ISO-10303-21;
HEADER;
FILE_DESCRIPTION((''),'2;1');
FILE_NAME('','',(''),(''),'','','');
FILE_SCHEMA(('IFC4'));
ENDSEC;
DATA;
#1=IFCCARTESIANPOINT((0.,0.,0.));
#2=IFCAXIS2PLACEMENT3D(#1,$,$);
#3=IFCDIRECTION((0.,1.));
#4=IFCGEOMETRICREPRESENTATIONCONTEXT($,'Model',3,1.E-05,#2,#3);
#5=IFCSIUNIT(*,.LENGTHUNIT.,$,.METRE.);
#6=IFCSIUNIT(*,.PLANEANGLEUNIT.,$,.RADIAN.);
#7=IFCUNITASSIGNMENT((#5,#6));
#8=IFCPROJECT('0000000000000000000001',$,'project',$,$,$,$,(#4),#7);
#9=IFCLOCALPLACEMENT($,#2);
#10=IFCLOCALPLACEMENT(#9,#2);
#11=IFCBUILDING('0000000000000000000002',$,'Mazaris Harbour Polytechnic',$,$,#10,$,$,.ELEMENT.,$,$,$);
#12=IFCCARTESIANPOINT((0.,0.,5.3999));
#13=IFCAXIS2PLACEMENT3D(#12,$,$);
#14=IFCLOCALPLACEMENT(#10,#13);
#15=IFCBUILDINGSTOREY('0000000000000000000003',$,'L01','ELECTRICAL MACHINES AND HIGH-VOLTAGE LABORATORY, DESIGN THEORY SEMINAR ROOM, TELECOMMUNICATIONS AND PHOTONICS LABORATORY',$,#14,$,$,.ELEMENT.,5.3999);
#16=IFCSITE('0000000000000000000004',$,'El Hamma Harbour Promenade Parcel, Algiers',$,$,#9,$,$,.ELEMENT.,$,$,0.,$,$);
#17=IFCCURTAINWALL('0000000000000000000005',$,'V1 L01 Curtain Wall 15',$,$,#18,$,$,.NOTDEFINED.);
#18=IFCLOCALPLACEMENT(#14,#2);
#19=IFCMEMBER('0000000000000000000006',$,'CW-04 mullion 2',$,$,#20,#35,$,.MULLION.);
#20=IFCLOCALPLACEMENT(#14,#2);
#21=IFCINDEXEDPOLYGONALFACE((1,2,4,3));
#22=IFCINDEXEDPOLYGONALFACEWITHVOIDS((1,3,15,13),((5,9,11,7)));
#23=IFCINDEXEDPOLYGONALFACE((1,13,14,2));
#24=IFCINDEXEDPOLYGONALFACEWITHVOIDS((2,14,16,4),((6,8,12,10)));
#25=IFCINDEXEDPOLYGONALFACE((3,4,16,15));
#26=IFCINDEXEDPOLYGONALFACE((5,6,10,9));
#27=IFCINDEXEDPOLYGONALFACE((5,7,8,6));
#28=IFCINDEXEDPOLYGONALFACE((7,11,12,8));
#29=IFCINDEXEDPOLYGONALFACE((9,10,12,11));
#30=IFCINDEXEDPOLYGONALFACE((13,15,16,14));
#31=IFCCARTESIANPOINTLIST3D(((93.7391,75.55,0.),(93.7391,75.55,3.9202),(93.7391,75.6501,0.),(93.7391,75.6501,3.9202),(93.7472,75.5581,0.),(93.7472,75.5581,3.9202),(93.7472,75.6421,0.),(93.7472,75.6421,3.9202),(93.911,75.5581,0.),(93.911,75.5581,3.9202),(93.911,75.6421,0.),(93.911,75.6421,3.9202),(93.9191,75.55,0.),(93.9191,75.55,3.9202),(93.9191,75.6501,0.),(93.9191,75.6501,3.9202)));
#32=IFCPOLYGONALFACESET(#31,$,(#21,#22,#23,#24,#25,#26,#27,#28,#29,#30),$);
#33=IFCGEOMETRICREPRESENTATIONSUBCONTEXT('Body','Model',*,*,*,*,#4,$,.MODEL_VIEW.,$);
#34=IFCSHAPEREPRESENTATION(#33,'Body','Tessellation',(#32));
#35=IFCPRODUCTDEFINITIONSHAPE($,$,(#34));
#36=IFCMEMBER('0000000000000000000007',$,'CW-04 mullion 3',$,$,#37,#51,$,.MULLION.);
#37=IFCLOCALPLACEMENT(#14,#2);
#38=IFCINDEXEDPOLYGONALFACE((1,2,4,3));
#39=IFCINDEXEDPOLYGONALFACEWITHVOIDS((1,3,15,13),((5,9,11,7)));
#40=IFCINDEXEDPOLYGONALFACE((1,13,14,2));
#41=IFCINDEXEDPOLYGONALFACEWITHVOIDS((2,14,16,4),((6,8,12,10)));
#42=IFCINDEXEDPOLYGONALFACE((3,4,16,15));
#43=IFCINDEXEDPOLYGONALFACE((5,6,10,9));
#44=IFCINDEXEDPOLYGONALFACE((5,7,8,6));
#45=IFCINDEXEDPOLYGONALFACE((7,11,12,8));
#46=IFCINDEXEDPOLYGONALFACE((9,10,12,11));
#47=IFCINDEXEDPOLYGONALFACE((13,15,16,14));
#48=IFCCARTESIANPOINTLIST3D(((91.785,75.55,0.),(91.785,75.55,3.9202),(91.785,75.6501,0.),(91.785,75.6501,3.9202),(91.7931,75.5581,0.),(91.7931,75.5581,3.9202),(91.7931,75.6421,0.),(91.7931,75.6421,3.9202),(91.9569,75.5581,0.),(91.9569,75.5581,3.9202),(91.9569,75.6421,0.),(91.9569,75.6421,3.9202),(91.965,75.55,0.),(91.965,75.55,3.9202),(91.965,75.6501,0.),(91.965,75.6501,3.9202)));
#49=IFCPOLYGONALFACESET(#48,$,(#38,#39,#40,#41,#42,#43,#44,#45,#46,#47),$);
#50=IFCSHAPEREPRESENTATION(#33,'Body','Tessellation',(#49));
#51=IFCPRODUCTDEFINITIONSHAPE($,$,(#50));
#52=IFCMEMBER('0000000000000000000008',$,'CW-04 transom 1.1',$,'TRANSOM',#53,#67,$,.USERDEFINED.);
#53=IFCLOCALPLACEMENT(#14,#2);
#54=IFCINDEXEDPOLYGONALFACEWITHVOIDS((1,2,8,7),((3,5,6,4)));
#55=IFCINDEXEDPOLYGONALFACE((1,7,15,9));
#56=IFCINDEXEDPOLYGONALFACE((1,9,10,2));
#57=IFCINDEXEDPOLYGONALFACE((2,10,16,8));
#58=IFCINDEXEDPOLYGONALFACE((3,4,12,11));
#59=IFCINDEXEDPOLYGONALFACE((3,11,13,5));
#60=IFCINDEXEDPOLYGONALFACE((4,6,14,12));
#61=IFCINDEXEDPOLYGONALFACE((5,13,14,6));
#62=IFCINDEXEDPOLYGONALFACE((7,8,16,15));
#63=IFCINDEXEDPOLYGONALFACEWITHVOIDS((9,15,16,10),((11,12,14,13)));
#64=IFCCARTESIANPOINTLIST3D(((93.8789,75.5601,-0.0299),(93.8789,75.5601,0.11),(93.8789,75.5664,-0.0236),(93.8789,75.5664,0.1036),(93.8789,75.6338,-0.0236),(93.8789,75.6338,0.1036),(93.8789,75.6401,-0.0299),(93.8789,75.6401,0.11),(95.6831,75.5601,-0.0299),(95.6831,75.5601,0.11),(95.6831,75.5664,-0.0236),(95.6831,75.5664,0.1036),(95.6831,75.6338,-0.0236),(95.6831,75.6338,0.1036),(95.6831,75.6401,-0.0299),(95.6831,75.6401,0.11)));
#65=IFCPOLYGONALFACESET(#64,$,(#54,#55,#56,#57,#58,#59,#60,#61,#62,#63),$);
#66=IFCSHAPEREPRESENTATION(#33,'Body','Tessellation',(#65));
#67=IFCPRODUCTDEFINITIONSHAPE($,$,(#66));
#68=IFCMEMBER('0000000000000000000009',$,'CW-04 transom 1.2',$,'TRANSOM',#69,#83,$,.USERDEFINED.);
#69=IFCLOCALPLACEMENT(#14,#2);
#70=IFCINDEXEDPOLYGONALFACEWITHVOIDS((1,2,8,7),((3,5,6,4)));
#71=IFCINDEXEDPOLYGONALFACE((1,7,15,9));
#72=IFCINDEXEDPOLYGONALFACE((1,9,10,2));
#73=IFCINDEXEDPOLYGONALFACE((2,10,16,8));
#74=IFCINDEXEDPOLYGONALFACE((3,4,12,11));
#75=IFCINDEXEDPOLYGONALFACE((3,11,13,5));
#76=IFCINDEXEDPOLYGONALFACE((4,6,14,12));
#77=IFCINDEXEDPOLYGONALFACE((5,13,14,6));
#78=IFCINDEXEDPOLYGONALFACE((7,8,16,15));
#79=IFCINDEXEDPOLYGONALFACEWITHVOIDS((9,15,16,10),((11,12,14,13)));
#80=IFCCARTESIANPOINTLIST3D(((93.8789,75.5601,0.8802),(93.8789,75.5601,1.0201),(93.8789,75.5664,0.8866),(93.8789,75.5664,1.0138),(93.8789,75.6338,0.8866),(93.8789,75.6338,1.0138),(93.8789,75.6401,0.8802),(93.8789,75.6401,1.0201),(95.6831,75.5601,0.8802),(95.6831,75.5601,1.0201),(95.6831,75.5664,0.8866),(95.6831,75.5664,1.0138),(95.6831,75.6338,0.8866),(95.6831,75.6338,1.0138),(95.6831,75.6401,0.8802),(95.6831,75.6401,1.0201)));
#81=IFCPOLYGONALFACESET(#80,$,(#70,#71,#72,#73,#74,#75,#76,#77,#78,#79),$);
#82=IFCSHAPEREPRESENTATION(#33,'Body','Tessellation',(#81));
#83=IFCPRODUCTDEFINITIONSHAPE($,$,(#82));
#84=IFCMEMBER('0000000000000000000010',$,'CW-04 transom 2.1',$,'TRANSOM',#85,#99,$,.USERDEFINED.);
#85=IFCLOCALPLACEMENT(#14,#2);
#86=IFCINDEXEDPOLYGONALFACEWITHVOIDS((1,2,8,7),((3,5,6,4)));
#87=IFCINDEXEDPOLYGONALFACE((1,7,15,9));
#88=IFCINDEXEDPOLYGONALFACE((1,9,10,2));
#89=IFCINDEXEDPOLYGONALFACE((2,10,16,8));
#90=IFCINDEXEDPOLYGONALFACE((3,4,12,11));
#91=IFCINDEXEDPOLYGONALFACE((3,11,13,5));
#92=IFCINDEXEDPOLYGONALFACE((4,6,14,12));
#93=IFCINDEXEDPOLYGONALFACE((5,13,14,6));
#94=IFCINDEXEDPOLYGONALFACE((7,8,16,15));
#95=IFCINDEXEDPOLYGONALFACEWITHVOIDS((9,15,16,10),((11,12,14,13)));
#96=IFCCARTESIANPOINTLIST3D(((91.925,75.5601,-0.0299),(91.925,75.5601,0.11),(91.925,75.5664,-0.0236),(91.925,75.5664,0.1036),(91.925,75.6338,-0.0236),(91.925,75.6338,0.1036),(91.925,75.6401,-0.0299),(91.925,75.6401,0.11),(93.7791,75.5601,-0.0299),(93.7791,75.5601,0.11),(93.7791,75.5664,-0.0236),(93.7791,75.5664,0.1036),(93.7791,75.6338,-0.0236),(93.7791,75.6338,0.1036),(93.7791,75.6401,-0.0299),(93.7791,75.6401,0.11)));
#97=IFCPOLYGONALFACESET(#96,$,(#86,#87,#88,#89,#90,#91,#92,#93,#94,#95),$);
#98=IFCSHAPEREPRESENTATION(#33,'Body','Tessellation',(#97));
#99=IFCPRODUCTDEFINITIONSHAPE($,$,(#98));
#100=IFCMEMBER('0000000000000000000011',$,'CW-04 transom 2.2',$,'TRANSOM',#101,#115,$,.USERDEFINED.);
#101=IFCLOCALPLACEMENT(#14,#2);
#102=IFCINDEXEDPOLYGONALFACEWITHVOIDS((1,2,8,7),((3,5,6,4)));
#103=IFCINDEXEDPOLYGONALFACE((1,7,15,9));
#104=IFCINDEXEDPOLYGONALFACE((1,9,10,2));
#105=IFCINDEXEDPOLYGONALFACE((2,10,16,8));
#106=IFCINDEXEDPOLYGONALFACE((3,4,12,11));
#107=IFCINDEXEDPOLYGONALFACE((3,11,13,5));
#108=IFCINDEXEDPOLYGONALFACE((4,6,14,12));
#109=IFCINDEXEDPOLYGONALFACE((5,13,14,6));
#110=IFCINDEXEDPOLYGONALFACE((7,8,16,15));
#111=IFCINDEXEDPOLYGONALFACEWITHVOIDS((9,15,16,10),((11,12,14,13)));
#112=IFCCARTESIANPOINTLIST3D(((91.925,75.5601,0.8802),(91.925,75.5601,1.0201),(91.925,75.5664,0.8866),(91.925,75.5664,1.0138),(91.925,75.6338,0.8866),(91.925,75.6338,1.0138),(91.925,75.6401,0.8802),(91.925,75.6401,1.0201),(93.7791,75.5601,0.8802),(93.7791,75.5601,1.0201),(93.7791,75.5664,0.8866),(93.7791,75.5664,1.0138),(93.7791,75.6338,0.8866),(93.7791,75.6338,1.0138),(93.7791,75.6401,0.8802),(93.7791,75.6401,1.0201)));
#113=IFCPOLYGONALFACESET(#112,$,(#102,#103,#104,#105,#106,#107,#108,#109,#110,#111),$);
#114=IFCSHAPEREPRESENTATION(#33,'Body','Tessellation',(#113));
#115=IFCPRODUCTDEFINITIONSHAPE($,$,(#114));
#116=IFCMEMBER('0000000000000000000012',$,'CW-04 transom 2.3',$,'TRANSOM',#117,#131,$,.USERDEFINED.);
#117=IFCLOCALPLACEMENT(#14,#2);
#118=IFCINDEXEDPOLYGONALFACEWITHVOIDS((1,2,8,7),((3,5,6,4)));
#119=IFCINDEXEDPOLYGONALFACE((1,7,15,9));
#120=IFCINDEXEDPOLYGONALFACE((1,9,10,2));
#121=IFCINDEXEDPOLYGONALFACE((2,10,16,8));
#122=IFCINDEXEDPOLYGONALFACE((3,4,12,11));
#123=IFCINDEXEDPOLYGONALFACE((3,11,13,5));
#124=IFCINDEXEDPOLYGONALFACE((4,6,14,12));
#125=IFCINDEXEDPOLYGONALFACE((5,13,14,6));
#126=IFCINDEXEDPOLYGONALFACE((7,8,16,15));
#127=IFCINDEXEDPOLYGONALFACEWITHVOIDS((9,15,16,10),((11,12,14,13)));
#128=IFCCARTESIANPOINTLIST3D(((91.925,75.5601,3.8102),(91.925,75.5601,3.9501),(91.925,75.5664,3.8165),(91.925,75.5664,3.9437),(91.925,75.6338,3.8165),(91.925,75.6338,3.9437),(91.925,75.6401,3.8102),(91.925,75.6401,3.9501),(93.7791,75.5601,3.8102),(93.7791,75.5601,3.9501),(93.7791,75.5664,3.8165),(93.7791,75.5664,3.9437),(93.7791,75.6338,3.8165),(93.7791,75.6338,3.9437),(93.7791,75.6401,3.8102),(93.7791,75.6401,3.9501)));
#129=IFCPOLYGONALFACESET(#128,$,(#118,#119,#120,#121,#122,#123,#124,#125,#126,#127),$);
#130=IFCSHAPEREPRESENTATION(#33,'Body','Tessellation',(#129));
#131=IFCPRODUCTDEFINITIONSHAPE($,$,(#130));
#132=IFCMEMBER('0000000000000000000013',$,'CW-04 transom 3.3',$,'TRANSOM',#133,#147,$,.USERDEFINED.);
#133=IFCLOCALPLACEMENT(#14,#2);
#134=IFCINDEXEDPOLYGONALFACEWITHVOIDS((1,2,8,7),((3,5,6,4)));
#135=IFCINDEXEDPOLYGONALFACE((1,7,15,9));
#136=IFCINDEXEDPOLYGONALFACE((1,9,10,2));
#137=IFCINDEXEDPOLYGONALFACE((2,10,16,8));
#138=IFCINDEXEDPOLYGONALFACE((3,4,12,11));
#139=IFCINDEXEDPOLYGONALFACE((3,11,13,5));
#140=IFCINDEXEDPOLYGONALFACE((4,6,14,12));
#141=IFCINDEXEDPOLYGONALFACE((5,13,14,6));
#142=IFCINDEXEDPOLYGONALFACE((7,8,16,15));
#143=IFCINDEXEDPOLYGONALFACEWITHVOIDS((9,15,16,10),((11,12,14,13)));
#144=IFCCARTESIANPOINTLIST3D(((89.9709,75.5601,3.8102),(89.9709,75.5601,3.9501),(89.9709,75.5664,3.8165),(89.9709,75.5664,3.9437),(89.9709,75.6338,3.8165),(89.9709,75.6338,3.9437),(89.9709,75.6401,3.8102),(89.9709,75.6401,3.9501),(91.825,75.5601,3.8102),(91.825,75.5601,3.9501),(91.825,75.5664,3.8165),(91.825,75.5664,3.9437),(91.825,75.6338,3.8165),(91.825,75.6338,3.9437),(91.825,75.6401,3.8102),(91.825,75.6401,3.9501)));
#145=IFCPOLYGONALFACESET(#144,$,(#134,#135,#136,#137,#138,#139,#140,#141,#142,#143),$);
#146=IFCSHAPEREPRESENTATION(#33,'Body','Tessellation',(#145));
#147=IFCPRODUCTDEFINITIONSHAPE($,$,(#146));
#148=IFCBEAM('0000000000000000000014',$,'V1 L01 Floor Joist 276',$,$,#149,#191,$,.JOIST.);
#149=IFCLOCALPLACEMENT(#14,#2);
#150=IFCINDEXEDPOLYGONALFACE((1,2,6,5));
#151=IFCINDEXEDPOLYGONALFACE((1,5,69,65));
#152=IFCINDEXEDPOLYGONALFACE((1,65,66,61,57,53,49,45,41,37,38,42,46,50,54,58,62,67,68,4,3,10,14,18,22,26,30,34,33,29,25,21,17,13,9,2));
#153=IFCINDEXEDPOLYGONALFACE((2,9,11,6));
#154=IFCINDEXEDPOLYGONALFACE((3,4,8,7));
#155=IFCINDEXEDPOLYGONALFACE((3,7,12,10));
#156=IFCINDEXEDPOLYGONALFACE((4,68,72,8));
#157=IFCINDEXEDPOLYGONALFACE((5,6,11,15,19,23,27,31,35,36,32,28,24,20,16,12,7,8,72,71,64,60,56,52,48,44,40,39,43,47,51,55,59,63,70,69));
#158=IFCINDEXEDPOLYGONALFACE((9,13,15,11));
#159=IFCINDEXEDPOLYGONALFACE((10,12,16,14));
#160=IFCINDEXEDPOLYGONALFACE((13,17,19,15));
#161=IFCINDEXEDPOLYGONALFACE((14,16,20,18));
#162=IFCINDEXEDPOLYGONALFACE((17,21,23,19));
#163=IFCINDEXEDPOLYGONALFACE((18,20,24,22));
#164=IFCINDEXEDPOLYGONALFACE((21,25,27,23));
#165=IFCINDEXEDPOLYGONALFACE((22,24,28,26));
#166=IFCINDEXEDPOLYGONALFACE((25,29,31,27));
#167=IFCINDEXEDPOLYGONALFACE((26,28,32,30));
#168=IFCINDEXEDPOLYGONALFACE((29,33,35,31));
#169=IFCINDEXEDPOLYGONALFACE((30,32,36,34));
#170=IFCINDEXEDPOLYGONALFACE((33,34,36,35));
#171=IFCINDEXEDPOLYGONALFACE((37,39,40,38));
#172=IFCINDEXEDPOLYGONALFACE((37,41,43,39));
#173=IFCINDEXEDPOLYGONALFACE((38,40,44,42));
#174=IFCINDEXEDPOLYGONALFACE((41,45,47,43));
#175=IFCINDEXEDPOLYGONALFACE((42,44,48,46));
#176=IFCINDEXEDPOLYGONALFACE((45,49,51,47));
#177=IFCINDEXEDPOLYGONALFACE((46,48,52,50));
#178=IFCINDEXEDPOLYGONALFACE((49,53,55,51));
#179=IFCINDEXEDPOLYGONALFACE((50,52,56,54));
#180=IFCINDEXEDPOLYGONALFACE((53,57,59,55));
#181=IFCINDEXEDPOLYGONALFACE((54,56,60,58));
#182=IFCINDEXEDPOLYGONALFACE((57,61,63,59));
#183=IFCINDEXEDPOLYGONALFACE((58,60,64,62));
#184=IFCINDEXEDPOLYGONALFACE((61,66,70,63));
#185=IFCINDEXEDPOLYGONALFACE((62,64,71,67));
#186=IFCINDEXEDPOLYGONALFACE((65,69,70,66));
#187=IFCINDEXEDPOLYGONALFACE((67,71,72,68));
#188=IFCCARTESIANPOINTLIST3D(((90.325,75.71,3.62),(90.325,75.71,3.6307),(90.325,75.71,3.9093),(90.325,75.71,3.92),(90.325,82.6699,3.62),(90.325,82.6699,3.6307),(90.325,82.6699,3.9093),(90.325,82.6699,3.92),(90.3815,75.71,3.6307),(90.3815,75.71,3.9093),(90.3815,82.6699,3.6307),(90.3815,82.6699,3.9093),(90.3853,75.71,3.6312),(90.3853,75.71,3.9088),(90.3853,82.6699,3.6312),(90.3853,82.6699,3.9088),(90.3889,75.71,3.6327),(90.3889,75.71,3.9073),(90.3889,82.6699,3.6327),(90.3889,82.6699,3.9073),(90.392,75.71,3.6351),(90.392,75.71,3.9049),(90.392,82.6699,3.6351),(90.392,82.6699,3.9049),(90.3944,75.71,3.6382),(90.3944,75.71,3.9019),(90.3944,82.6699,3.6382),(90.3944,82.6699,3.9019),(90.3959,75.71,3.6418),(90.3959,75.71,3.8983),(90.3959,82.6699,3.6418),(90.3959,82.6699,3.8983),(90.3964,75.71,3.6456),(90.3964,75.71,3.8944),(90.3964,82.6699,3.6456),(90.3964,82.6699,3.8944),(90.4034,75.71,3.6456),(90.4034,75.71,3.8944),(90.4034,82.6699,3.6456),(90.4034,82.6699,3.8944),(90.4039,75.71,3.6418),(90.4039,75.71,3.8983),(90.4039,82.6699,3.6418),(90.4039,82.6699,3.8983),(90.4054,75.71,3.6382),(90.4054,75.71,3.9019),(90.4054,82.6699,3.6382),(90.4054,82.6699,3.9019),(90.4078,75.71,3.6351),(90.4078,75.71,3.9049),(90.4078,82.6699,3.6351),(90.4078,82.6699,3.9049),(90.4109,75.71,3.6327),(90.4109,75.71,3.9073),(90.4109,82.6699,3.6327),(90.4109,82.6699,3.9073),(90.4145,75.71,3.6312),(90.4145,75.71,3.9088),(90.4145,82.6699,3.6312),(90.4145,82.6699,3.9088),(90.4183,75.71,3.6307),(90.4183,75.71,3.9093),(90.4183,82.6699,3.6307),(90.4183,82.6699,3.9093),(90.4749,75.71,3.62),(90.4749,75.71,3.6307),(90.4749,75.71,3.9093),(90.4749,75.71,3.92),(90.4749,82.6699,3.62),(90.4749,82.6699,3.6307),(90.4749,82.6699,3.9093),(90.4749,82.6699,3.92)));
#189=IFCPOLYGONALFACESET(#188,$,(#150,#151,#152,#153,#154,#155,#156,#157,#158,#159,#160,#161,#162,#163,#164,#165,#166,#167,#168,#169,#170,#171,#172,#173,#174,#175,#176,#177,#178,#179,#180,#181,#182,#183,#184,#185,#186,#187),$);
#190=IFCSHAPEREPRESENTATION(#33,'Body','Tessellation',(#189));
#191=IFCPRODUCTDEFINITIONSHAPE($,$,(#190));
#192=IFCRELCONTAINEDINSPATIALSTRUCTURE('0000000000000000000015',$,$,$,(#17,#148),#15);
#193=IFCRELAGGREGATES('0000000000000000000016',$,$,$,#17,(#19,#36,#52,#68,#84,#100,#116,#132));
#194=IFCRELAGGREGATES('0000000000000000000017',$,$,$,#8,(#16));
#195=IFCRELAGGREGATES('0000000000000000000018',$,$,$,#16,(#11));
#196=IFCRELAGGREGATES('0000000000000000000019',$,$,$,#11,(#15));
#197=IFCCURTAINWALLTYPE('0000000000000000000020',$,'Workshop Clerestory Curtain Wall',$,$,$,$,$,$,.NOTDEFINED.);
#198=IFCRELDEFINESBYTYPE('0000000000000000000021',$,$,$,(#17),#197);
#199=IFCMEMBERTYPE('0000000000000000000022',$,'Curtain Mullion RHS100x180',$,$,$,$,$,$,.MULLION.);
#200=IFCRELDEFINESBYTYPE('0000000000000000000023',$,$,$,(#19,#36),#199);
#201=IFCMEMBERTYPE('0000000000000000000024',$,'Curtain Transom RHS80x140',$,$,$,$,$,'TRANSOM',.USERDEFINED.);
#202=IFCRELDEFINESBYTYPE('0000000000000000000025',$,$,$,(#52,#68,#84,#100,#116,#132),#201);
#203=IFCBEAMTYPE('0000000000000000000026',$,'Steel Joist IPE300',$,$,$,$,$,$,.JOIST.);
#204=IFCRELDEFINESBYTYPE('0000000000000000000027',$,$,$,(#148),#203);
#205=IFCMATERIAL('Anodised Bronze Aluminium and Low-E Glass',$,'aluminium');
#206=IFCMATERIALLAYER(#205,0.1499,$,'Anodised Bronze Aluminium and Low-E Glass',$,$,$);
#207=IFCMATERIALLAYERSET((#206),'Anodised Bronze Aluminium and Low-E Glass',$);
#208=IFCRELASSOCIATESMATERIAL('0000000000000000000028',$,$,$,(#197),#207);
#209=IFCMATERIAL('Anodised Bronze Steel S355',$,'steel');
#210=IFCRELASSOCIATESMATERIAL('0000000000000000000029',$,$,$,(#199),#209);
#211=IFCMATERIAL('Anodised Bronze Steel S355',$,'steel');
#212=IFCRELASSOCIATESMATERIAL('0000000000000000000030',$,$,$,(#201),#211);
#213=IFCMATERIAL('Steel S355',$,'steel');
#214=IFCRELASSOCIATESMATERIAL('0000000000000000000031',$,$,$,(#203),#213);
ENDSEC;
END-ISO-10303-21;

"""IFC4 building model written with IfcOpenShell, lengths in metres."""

from ifc_helpers import new_model, si_unit, direction, frame, origin, origin_2d, place, context, subcontext, project, spatial, hollow_rectangle, i_section, extrude, material, layer, layer_set, material_profile, profile_set, type_object, element, aggregate, save


model = new_model("IFC4")

# Units and contexts
model_context = context("Model", 3, precision=1e-05, world=origin(), true_north=direction((0.0, 1.0)))
body_context = subcontext(model_context, "Body", "Model", "MODEL_VIEW")
ifc_project = project(units=[si_unit("LENGTHUNIT", "METRE"), si_unit("PLANEANGLEUNIT", "RADIAN")], contexts=[model_context])

# Site, building, storey
site_placement = place(None, origin())
site = spatial("IfcSite", under=ifc_project, at=site_placement, Name="El Hamma Harbour Promenade Parcel, Algiers", CompositionType="ELEMENT", RefElevation=0.0)
building_placement = place(site_placement, origin())
building = spatial("IfcBuilding", under=site, at=building_placement, Name="Mazaris Harbour Polytechnic", CompositionType="ELEMENT")
storey_placement = place(building_placement, frame((0.0, 0.0, 5.3999)))
storey = spatial("IfcBuildingStorey", under=building, at=storey_placement, Name="L01", Description="ELECTRICAL MACHINES AND HIGH-VOLTAGE LABORATORY, DESIGN THEORY SEMINAR ROOM, TELECOMMUNICATIONS AND PHOTONICS LABORATORY", CompositionType="ELEMENT", Elevation=5.3999)

# Curtain wall, members
ifc_material_1 = material(Name="Anodised Bronze Aluminium and Low-E Glass", Category="aluminium")
ifc_layer_1 = layer(ifc_material_1, 0.1499, Name="Anodised Bronze Aluminium and Low-E Glass")
ifc_layer_set_1 = layer_set([ifc_layer_1], Name="Anodised Bronze Aluminium and Low-E Glass")
curtain_wall_type = type_object("IfcCurtainWallType", Name="Workshop Clerestory Curtain Wall", PredefinedType="NOTDEFINED", material=ifc_layer_set_1)
curtain_wall_placement = place(storey_placement, origin())
curtain_wall = element("IfcCurtainWall", 1, at=curtain_wall_placement, inside=storey, type_object=curtain_wall_type, Name="V1 L01 Curtain Wall 15", PredefinedType="NOTDEFINED")
ifc_material_2 = material(Name="Anodised Bronze Steel S355", Category="steel")
ifc_material_profile_1 = material_profile(ifc_material_2, hollow_rectangle(XDim=0.1001, YDim=0.1799, WallThickness=0.0081, at=origin_2d()), Name="RHS 100x180x8.0")
ifc_profile_set_1 = profile_set([ifc_material_profile_1], Name="Anodised Bronze Steel S355")
member_type_1 = type_object("IfcMemberType", Name="Curtain Mullion RHS100x180", PredefinedType="MULLION", material=ifc_profile_set_1)
member_1_placement = place(storey_placement, frame((93.8291, 75.6001, 0.0), z_axis=(0.0, 0.0, 1.0), x_axis=(0.0, -1.0, 0.0)))
member_1 = element("IfcMember", 2, at=member_1_placement, type_object=member_type_1, Name="CW-04 mullion 2", PredefinedType="MULLION", context=body_context, shape_type="SweptSolid", body=[
    extrude(hollow_rectangle(XDim=0.1001, YDim=0.1799, WallThickness=0.0081, at=origin_2d()), origin(), (0.0, 0.0, 1.0), 3.9202),
])
member_2_placement = place(storey_placement, frame((91.875, 75.6001, 0.0), z_axis=(0.0, 0.0, 1.0), x_axis=(0.0, -1.0, 0.0)))
member_2 = element("IfcMember", 3, at=member_2_placement, type_object=member_type_1, Name="CW-04 mullion 3", PredefinedType="MULLION", context=body_context, shape_type="SweptSolid", body=[
    extrude(hollow_rectangle(XDim=0.1001, YDim=0.1799, WallThickness=0.0081, at=origin_2d()), origin(), (0.0, 0.0, 1.0), 3.9202),
])
ifc_material_3 = material(Name="Anodised Bronze Steel S355", Category="steel")
ifc_material_profile_2 = material_profile(ifc_material_3, hollow_rectangle(XDim=0.0801, YDim=0.1399, WallThickness=0.0063, at=origin_2d()), Name="RHS 80x140x6.3")
ifc_profile_set_2 = profile_set([ifc_material_profile_2], Name="Anodised Bronze Steel S355")
member_type_2 = type_object("IfcMemberType", Name="Curtain Transom RHS80x140", ElementType="TRANSOM", PredefinedType="USERDEFINED", material=ifc_profile_set_2)
member_3_placement = place(storey_placement, frame((95.6831, 75.6001, 0.04), z_axis=(-1.0, 0.0, 0.0), x_axis=(0.0, -1.0, 0.0)))
member_3 = element("IfcMember", 4, at=member_3_placement, type_object=member_type_2, Name="CW-04 transom 1.1", ObjectType="TRANSOM", PredefinedType="USERDEFINED", context=body_context, shape_type="SweptSolid", body=[
    extrude(hollow_rectangle(XDim=0.0801, YDim=0.1399, WallThickness=0.0063, at=origin_2d()), origin(), (0.0, 0.0, 1.0), 1.8042),
])
member_4_placement = place(storey_placement, frame((95.6831, 75.6001, 0.9502), z_axis=(-1.0, 0.0, 0.0), x_axis=(0.0, -1.0, 0.0)))
member_4 = element("IfcMember", 5, at=member_4_placement, type_object=member_type_2, Name="CW-04 transom 1.2", ObjectType="TRANSOM", PredefinedType="USERDEFINED", context=body_context, shape_type="SweptSolid", body=[
    extrude(hollow_rectangle(XDim=0.0801, YDim=0.1399, WallThickness=0.0063, at=origin_2d()), origin(), (0.0, 0.0, 1.0), 1.8042),
])
member_5_placement = place(storey_placement, frame((93.7791, 75.6001, 0.04), z_axis=(-1.0, 0.0, 0.0), x_axis=(0.0, -1.0, 0.0)))
member_5 = element("IfcMember", 6, at=member_5_placement, type_object=member_type_2, Name="CW-04 transom 2.1", ObjectType="TRANSOM", PredefinedType="USERDEFINED", context=body_context, shape_type="SweptSolid", body=[
    extrude(hollow_rectangle(XDim=0.0801, YDim=0.1399, WallThickness=0.0063, at=origin_2d()), origin(), (0.0, 0.0, 1.0), 1.854),
])
member_6_placement = place(storey_placement, frame((93.7791, 75.6001, 0.9502), z_axis=(-1.0, 0.0, 0.0), x_axis=(0.0, -1.0, 0.0)))
member_6 = element("IfcMember", 7, at=member_6_placement, type_object=member_type_2, Name="CW-04 transom 2.2", ObjectType="TRANSOM", PredefinedType="USERDEFINED", context=body_context, shape_type="SweptSolid", body=[
    extrude(hollow_rectangle(XDim=0.0801, YDim=0.1399, WallThickness=0.0063, at=origin_2d()), origin(), (0.0, 0.0, 1.0), 1.854),
])
member_7_placement = place(storey_placement, frame((93.7791, 75.6001, 3.8801), z_axis=(-1.0, 0.0, 0.0), x_axis=(0.0, -1.0, 0.0)))
member_7 = element("IfcMember", 8, at=member_7_placement, type_object=member_type_2, Name="CW-04 transom 2.3", ObjectType="TRANSOM", PredefinedType="USERDEFINED", context=body_context, shape_type="SweptSolid", body=[
    extrude(hollow_rectangle(XDim=0.0801, YDim=0.1399, WallThickness=0.0063, at=origin_2d()), origin(), (0.0, 0.0, 1.0), 1.854),
])
member_8_placement = place(storey_placement, frame((91.825, 75.6001, 3.8801), z_axis=(-1.0, 0.0, 0.0), x_axis=(0.0, -1.0, 0.0)))
member_8 = element("IfcMember", 9, at=member_8_placement, type_object=member_type_2, Name="CW-04 transom 3.3", ObjectType="TRANSOM", PredefinedType="USERDEFINED", context=body_context, shape_type="SweptSolid", body=[
    extrude(hollow_rectangle(XDim=0.0801, YDim=0.1399, WallThickness=0.0063, at=origin_2d()), origin(), (0.0, 0.0, 1.0), 1.854),
])

# Beam
ifc_material_4 = material(Name="Steel S355", Category="steel")
ifc_material_profile_3 = material_profile(ifc_material_4, i_section(OverallWidth=0.1499, OverallDepth=0.3, WebThickness=0.0071, FlangeThickness=0.0107, FilletRadius=0.0149, at=origin_2d()), Name="IPE 300")
ifc_profile_set_3 = profile_set([ifc_material_profile_3], Name="Steel S355")
beam_type_1 = type_object("IfcBeamType", Name="Steel Joist IPE300", PredefinedType="JOIST", material=ifc_profile_set_3)
beam_1_placement = place(storey_placement, frame((90.3999, 75.71, 3.77), z_axis=(0.0, 1.0, 0.0), x_axis=(-1.0, 0.0, 0.0)))
element("IfcBeam", 10, at=beam_1_placement, inside=storey, type_object=beam_type_1, Name="V1 L01 Floor Joist 276", PredefinedType="JOIST", context=body_context, shape_type="SweptSolid", body=[
    extrude(i_section(OverallWidth=0.1499, OverallDepth=0.3, WebThickness=0.0071, FlangeThickness=0.0107, FilletRadius=0.0149, at=origin_2d()), origin(), (0.0, 0.0, 1.0), 6.96),
])

aggregate(curtain_wall, [member_1, member_2, member_3, member_4, member_5, member_6, member_7, member_8])

save(model, "model.ifc")
